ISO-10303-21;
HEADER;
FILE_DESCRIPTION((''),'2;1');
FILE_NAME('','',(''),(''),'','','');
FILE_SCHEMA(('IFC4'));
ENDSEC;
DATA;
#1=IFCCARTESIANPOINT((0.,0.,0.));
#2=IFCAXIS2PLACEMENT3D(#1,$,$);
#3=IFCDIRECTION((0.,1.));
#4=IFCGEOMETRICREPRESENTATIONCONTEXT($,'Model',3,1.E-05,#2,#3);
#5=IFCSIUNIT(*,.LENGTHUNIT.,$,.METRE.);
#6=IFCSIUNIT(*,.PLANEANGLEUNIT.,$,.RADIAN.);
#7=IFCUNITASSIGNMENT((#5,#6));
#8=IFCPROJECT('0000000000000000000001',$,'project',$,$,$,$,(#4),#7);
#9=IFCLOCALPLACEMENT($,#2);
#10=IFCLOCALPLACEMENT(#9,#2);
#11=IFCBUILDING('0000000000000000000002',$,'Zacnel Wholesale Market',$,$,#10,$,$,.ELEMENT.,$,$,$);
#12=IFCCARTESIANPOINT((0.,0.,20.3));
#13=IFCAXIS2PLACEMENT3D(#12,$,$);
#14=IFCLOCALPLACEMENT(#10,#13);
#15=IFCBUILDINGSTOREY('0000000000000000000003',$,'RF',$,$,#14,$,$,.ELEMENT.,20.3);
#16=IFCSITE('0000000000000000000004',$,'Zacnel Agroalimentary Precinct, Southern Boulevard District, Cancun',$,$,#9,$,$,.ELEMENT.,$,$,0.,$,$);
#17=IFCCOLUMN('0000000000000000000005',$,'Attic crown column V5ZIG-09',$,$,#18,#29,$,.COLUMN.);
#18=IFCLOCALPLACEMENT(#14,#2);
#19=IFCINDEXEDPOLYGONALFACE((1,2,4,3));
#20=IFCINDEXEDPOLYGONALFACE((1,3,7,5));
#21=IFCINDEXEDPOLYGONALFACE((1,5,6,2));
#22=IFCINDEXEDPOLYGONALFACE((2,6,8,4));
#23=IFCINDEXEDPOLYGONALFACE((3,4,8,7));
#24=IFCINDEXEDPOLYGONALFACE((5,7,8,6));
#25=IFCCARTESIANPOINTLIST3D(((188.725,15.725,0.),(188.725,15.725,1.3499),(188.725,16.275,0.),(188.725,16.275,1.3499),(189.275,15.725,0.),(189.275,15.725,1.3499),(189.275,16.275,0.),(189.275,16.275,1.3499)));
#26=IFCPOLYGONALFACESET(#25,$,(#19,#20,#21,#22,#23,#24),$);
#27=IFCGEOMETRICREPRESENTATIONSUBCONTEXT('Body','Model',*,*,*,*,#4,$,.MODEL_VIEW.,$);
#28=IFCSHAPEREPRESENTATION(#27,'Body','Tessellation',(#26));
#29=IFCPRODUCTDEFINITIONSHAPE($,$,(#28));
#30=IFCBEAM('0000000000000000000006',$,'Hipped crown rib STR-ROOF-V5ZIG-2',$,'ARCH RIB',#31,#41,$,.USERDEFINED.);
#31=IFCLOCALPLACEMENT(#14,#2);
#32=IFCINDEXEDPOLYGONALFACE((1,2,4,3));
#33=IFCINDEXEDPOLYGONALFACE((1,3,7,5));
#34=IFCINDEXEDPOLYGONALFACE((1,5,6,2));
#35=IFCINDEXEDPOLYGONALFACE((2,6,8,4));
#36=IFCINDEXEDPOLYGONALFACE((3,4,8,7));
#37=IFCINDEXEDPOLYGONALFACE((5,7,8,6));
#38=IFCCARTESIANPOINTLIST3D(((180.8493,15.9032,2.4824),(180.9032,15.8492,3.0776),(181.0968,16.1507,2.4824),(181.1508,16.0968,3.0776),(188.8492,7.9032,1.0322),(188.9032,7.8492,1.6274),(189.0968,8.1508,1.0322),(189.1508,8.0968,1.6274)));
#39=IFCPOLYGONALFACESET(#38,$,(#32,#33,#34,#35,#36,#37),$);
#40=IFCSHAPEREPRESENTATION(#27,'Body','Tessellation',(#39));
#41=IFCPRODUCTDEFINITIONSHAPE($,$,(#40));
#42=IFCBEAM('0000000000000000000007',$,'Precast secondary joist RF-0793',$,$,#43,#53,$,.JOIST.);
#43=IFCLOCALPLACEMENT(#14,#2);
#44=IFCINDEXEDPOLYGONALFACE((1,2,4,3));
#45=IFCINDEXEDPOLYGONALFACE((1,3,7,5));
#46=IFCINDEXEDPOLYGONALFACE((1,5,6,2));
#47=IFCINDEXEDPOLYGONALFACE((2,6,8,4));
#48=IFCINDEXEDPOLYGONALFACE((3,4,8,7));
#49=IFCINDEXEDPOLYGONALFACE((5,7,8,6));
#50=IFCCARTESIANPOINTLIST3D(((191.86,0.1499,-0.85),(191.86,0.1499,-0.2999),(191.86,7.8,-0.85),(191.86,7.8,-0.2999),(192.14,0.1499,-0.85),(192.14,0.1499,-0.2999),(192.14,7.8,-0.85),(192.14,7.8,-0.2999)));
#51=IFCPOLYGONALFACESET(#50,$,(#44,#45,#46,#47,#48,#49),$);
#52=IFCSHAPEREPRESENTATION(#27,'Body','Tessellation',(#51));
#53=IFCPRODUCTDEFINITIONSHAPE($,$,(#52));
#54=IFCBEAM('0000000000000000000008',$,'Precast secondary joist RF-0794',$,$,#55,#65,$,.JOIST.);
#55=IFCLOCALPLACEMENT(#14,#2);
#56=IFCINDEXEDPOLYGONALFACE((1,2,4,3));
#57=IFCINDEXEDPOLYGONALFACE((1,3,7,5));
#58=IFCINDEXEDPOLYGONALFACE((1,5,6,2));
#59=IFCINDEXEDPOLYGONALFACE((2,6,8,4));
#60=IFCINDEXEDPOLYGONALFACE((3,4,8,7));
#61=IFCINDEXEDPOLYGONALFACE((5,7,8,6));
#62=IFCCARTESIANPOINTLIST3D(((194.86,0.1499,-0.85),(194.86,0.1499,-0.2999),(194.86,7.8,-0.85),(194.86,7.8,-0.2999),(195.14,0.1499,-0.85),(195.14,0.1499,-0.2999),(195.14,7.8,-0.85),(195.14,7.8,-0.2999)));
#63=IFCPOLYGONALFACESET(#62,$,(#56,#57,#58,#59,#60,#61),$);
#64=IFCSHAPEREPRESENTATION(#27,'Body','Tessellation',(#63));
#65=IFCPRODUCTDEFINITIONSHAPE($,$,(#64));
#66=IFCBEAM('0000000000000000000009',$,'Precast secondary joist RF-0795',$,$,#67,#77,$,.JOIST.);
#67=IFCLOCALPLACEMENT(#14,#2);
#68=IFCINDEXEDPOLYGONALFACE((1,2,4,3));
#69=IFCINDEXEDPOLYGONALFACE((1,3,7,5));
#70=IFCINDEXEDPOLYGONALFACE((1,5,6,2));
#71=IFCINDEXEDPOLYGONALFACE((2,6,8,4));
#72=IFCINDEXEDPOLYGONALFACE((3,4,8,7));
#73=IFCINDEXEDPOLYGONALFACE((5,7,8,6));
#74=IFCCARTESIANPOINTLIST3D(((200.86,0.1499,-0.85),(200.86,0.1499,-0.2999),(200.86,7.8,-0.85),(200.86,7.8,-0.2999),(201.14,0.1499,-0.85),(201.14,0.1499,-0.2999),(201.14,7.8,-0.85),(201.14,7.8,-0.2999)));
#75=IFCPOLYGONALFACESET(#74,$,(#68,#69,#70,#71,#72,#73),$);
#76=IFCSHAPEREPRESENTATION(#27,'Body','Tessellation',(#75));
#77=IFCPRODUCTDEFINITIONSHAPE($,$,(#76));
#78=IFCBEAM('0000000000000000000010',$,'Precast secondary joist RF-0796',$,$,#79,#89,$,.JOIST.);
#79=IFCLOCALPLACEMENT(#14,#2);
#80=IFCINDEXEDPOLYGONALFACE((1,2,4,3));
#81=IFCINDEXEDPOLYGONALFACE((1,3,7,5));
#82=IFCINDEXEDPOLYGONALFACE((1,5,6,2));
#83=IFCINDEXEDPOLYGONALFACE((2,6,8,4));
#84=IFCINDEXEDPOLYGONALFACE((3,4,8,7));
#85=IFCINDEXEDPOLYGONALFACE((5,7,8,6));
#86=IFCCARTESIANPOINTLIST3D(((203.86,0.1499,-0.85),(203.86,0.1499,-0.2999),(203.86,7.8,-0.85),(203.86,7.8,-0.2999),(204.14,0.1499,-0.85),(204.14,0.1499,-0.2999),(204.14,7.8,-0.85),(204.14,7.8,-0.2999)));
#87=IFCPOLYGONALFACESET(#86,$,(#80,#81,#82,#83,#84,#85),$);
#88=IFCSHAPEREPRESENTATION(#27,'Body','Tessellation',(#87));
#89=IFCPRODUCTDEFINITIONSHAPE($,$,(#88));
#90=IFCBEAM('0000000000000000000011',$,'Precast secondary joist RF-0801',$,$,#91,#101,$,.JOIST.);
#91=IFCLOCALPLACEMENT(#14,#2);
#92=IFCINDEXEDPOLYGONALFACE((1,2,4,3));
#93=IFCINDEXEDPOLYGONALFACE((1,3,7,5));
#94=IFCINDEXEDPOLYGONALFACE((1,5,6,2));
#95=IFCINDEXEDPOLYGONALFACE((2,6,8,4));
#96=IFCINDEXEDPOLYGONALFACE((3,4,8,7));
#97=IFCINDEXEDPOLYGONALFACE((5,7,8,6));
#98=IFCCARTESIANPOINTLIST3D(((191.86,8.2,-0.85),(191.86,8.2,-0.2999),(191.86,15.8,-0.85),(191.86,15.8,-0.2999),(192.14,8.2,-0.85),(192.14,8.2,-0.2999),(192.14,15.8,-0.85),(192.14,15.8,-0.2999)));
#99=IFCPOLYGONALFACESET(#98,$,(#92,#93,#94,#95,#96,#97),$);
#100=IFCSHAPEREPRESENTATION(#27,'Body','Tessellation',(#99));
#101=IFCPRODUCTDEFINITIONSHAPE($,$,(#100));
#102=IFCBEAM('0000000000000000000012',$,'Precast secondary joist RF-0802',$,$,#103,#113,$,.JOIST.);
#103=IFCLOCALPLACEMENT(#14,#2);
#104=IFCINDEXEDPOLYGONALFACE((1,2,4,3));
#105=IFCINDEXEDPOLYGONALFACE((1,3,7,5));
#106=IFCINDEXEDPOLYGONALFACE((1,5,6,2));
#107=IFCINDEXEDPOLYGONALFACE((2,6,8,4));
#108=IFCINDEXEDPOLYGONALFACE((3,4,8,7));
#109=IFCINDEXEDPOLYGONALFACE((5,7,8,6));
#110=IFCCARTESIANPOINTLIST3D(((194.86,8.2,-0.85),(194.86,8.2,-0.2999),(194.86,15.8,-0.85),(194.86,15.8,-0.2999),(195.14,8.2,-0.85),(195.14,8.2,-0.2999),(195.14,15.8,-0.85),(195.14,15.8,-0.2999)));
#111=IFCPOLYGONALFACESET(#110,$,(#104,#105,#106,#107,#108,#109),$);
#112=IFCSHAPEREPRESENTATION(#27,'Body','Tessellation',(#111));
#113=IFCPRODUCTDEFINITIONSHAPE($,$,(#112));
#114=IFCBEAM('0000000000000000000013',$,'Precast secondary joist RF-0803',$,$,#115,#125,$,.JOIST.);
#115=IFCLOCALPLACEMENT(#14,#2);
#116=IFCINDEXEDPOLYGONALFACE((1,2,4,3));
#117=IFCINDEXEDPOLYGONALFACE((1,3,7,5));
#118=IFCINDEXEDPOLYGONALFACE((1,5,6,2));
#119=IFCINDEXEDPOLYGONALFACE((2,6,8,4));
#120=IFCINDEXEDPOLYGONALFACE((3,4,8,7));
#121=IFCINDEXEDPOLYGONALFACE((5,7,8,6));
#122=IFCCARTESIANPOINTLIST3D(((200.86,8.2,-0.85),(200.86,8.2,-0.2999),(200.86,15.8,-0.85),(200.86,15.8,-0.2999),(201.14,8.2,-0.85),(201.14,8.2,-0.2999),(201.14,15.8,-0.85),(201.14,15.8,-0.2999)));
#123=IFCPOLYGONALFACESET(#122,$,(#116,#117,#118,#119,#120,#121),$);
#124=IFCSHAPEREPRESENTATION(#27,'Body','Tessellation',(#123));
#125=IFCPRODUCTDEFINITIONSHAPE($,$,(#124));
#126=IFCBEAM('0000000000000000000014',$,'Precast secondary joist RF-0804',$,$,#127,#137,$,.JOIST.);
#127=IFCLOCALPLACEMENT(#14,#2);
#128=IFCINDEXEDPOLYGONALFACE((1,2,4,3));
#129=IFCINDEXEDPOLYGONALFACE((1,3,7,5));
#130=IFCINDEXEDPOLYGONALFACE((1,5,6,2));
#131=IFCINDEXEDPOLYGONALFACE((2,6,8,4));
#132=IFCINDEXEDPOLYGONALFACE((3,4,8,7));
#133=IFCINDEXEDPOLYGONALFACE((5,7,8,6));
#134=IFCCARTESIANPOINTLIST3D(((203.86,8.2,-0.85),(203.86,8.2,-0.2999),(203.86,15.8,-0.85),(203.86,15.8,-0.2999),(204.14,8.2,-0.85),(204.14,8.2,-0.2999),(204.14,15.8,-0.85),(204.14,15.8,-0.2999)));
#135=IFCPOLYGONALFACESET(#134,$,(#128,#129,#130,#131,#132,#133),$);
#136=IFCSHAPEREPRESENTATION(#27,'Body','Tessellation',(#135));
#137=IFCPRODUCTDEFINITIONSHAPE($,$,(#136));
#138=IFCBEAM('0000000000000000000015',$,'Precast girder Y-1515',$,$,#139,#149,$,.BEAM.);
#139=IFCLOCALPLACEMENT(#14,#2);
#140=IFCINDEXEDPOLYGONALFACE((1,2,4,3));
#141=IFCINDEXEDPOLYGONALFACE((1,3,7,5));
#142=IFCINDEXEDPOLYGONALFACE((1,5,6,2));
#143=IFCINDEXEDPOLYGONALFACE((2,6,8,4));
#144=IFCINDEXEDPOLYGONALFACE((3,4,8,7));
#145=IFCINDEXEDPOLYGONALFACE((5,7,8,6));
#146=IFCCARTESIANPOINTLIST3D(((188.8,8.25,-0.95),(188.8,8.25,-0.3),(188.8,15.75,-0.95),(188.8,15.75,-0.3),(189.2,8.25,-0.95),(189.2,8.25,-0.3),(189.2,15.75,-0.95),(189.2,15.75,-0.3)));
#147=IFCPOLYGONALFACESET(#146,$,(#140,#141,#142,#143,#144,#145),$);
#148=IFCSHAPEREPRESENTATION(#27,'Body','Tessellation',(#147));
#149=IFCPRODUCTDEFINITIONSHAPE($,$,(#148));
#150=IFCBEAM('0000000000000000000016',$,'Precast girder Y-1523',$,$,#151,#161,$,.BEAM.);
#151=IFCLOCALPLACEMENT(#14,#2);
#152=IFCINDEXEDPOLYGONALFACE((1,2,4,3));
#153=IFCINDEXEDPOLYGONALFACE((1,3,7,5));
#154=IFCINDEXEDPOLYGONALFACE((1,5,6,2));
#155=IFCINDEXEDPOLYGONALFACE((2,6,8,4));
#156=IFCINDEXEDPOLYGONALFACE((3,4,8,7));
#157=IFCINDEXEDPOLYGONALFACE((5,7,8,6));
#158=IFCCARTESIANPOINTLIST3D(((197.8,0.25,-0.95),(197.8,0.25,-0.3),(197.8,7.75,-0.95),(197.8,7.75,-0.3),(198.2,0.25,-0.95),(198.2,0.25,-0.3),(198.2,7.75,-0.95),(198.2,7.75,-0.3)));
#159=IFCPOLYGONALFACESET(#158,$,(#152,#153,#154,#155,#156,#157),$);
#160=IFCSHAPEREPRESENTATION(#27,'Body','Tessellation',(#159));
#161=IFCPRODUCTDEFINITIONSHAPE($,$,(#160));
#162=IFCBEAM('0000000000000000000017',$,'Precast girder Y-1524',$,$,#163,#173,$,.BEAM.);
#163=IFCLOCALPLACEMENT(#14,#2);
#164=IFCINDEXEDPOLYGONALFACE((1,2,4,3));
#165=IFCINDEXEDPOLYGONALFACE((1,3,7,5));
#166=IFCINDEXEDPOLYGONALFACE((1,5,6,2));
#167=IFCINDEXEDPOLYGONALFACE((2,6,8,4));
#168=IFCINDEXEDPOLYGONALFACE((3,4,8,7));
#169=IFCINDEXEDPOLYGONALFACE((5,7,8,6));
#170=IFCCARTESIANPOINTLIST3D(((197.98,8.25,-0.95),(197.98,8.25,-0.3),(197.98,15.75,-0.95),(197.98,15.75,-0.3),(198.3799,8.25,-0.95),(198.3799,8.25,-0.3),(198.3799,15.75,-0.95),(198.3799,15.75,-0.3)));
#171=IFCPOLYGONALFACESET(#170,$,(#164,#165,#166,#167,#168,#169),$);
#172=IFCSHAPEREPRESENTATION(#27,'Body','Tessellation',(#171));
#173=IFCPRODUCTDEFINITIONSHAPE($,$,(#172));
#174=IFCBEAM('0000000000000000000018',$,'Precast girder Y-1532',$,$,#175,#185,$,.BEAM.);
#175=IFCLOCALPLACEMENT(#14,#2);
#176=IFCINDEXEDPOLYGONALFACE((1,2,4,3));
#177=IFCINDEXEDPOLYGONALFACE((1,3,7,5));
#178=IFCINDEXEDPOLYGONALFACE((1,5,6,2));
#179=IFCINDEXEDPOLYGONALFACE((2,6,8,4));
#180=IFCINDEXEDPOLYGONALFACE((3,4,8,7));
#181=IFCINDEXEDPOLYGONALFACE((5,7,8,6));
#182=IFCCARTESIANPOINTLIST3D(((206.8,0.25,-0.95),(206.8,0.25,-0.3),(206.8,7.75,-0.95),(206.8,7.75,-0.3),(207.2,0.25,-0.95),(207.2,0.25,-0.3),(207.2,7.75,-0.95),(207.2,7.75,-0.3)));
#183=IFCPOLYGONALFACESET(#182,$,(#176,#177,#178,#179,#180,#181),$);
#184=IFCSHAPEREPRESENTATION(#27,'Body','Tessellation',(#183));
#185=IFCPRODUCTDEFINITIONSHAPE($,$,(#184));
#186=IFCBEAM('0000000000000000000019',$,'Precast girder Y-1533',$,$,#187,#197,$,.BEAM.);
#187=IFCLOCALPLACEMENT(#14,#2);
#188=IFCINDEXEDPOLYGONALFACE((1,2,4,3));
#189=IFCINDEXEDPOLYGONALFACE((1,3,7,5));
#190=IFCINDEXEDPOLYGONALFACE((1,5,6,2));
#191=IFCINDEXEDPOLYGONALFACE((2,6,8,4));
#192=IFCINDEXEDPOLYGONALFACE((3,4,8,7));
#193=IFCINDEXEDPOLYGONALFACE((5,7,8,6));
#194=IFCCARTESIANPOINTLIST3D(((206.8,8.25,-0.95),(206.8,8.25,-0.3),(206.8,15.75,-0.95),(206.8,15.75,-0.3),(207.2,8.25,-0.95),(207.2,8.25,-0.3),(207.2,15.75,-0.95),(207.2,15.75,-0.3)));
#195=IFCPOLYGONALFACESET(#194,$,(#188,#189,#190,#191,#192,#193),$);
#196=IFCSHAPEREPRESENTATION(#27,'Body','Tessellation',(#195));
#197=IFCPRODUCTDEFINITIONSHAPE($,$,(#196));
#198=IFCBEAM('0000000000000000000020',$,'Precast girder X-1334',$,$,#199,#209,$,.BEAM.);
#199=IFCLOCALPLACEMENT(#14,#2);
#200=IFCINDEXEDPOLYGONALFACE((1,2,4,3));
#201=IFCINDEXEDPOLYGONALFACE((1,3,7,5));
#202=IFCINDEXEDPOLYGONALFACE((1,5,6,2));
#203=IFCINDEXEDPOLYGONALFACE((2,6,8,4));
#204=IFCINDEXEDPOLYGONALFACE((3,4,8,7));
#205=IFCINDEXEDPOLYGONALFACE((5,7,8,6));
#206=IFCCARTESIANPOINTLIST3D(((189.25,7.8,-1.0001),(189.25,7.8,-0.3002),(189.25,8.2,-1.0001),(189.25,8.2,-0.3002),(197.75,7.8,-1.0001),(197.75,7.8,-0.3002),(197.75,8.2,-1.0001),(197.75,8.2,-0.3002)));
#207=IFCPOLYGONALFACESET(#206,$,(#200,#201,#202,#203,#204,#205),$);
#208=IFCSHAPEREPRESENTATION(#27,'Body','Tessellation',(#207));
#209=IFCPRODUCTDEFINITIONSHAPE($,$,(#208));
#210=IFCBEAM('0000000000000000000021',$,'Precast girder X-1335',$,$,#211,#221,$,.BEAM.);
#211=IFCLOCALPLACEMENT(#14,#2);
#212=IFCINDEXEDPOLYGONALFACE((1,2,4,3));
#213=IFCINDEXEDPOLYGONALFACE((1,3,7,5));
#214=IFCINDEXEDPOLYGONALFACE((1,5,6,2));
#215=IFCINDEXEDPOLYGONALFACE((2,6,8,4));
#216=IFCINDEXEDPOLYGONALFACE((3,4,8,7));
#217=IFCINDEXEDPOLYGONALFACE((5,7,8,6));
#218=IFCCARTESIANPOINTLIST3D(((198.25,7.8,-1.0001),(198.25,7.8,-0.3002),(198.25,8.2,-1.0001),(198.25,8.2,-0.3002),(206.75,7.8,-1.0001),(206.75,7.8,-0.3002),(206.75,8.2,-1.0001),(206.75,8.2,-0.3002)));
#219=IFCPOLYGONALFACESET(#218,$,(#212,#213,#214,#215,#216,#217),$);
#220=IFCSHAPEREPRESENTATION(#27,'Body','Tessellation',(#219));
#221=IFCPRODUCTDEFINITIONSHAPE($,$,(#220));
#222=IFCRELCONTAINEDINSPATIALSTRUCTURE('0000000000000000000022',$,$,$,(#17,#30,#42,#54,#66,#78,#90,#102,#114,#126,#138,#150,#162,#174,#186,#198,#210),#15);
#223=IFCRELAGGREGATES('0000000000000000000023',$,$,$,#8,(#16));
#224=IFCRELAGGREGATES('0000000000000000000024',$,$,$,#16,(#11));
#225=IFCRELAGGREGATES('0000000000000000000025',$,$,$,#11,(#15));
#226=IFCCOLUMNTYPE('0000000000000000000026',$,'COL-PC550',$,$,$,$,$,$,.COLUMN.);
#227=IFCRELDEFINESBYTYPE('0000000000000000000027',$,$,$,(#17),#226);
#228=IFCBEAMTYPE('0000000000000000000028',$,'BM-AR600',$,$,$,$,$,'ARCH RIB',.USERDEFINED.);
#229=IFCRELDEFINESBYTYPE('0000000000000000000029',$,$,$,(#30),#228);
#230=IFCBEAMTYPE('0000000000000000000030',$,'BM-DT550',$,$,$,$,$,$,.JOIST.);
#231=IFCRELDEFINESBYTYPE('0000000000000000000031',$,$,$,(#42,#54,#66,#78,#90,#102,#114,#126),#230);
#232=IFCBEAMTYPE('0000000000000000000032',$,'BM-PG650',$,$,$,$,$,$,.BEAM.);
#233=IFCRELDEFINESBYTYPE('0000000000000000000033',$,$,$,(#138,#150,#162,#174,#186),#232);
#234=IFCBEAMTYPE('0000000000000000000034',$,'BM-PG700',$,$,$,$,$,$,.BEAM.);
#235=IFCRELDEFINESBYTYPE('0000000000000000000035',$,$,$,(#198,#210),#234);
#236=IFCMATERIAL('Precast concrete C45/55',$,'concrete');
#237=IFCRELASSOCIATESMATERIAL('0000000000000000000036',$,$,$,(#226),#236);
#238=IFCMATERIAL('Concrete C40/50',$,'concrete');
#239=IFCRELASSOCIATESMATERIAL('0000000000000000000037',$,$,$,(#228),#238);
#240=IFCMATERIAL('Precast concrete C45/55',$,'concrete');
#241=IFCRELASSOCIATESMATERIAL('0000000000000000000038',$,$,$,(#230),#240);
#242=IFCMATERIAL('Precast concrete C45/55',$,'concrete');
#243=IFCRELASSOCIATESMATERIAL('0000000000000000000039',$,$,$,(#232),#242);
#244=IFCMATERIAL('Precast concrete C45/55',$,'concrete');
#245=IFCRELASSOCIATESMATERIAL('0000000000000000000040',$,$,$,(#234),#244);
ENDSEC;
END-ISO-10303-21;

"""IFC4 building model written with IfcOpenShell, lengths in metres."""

from ifc_helpers import new_model, si_unit, direction, frame, origin, origin_2d, place, context, subcontext, project, spatial, rectangle, extrude, material, material_profile, profile_set, type_object, element, save


model = new_model("IFC4")

# Units and contexts
model_context = context("Model", 3, precision=1e-05, world=origin(), true_north=direction((0.0, 1.0)))
body_context = subcontext(model_context, "Body", "Model", "MODEL_VIEW")
ifc_project = project(units=[si_unit("LENGTHUNIT", "METRE"), si_unit("PLANEANGLEUNIT", "RADIAN")], contexts=[model_context])

# Site, building, storey
site_placement = place(None, origin())
site = spatial("IfcSite", under=ifc_project, at=site_placement, Name="Zacnel Agroalimentary Precinct, Southern Boulevard District, Cancun", CompositionType="ELEMENT", RefElevation=0.0)
building_placement = place(site_placement, origin())
building = spatial("IfcBuilding", under=site, at=building_placement, Name="Zacnel Wholesale Market", CompositionType="ELEMENT")
storey_placement = place(building_placement, frame((0.0, 0.0, 20.3)))
storey = spatial("IfcBuildingStorey", under=building, at=storey_placement, Name="RF", CompositionType="ELEMENT", Elevation=20.3)

# Column
ifc_material_1 = material(Name="Precast concrete C45/55", Category="concrete")
ifc_material_profile_1 = material_profile(ifc_material_1, rectangle(XDim=0.55, YDim=0.55, at=origin_2d()), Name="PC 550x550")
ifc_profile_set_1 = profile_set([ifc_material_profile_1], Name="Precast concrete C45/55")
column_type = type_object("IfcColumnType", Name="COL-PC550", PredefinedType="COLUMN", material=ifc_profile_set_1)
column_placement = place(storey_placement, frame((189.0, 16.0, 0.0), z_axis=(0.0, 0.0, 1.0), x_axis=(1.0, 0.0, 0.0)))
element("IfcColumn", 1, at=column_placement, inside=storey, type_object=column_type, Name="Attic crown column V5ZIG-09", PredefinedType="COLUMN", context=body_context, shape_type="SweptSolid", body=[
    extrude(rectangle(XDim=0.55, YDim=0.55, at=origin_2d()), origin(), (0.0, 0.0, 1.0), 1.3499),
])

# Beams
ifc_material_2 = material(Name="Concrete C40/50", Category="concrete")
ifc_material_profile_2 = material_profile(ifc_material_2, rectangle(XDim=0.3501, YDim=0.6001, at=origin_2d()), Name="ARCH RIB 350x600")
ifc_profile_set_2 = profile_set([ifc_material_profile_2], Name="Concrete C40/50")
beam_type_1 = type_object("IfcBeamType", Name="BM-AR600", ElementType="ARCH RIB", PredefinedType="USERDEFINED", material=ifc_profile_set_2)
beam_1_placement = place(storey_placement, frame((189.0, 8.0, 1.3298), z_axis=(-0.701368, 0.701368, 0.12714), x_axis=(-0.707107, -0.707107, 0.0)))
element("IfcBeam", 2, at=beam_1_placement, inside=storey, type_object=beam_type_1, Name="Hipped crown rib STR-ROOF-V5ZIG-2", ObjectType="ARCH RIB", PredefinedType="USERDEFINED", context=body_context, shape_type="SweptSolid", body=[
    extrude(rectangle(XDim=0.3501, YDim=0.6001, at=origin_2d()), origin(), (0.0, 0.0, 1.0), 11.4062),
])
ifc_material_3 = material(Name="Precast concrete C45/55", Category="concrete")
ifc_material_profile_3 = material_profile(ifc_material_3, rectangle(XDim=0.28, YDim=0.55, at=origin_2d()), Name="DT RIB 280x550")
ifc_profile_set_3 = profile_set([ifc_material_profile_3], Name="Precast concrete C45/55")
beam_type_2 = type_object("IfcBeamType", Name="BM-DT550", PredefinedType="JOIST", material=ifc_profile_set_3)
for number, where, z_axis, x_axis, name in (
    (3, (192.0, 0.1499, -0.575), (0.0, 1.0, 0.0), (-1.0, 0.0, 0.0), "Precast secondary joist RF-0793"),
    (4, (195.0, 0.1499, -0.575), (0.0, 1.0, 0.0), (-1.0, 0.0, 0.0), "Precast secondary joist RF-0794"),
    (5, (201.0, 0.1499, -0.575), (0.0, 1.0, 0.0), (-1.0, 0.0, 0.0), "Precast secondary joist RF-0795"),
    (6, (204.0, 0.1499, -0.575), (0.0, 1.0, 0.0), (-1.0, 0.0, 0.0), "Precast secondary joist RF-0796"),
):
    element("IfcBeam", number, at=place(storey_placement, frame(where, z_axis=z_axis, x_axis=x_axis)), inside=storey, type_object=beam_type_2, Name=name, PredefinedType="JOIST", context=body_context, shape_type="SweptSolid", body=[
        extrude(rectangle(XDim=0.28, YDim=0.55, at=origin_2d()), origin(), (0.0, 0.0, 1.0), 7.6501),
    ])
for number, where, z_axis, x_axis, name in (
    (7, (192.0, 8.2, -0.575), (0.0, 1.0, 0.0), (-1.0, 0.0, 0.0), "Precast secondary joist RF-0801"),
    (8, (195.0, 8.2, -0.575), (0.0, 1.0, 0.0), (-1.0, 0.0, 0.0), "Precast secondary joist RF-0802"),
    (9, (201.0, 8.2, -0.575), (0.0, 1.0, 0.0), (-1.0, 0.0, 0.0), "Precast secondary joist RF-0803"),
    (10, (204.0, 8.2, -0.575), (0.0, 1.0, 0.0), (-1.0, 0.0, 0.0), "Precast secondary joist RF-0804"),
):
    element("IfcBeam", number, at=place(storey_placement, frame(where, z_axis=z_axis, x_axis=x_axis)), inside=storey, type_object=beam_type_2, Name=name, PredefinedType="JOIST", context=body_context, shape_type="SweptSolid", body=[
        extrude(rectangle(XDim=0.28, YDim=0.55, at=origin_2d()), origin(), (0.0, 0.0, 1.0), 7.6001),
    ])
ifc_material_4 = material(Name="Precast concrete C45/55", Category="concrete")
ifc_material_profile_4 = material_profile(ifc_material_4, rectangle(XDim=0.3999, YDim=0.6499, at=origin_2d()), Name="PG 400x650")
ifc_profile_set_4 = profile_set([ifc_material_profile_4], Name="Precast concrete C45/55")
beam_type_3 = type_object("IfcBeamType", Name="BM-PG650", PredefinedType="BEAM", material=ifc_profile_set_4)
for number, where, z_axis, x_axis, name in (
    (11, (189.0, 8.25, -0.625), (0.0, 1.0, 0.0), (-1.0, 0.0, 0.0), "Precast girder Y-1515"),
    (12, (198.0, 0.25, -0.625), (0.0, 1.0, 0.0), (-1.0, 0.0, 0.0), "Precast girder Y-1523"),
    (13, (198.1799, 8.25, -0.625), (0.0, 1.0, 0.0), (-1.0, 0.0, 0.0), "Precast girder Y-1524"),
    (14, (207.0, 0.25, -0.625), (0.0, 1.0, 0.0), (-1.0, 0.0, 0.0), "Precast girder Y-1532"),
    (15, (207.0, 8.25, -0.625), (0.0, 1.0, 0.0), (-1.0, 0.0, 0.0), "Precast girder Y-1533"),
):
    element("IfcBeam", number, at=place(storey_placement, frame(where, z_axis=z_axis, x_axis=x_axis)), inside=storey, type_object=beam_type_3, Name=name, PredefinedType="BEAM", context=body_context, shape_type="SweptSolid", body=[
        extrude(rectangle(XDim=0.3999, YDim=0.6499, at=origin_2d()), origin(), (0.0, 0.0, 1.0), 7.5),
    ])
ifc_material_5 = material(Name="Precast concrete C45/55", Category="concrete")
ifc_material_profile_5 = material_profile(ifc_material_5, rectangle(XDim=0.3999, YDim=0.7, at=origin_2d()), Name="PG 400x700")
ifc_profile_set_5 = profile_set([ifc_material_profile_5], Name="Precast concrete C45/55")
beam_type_4 = type_object("IfcBeamType", Name="BM-PG700", PredefinedType="BEAM", material=ifc_profile_set_5)
for number, where, z_axis, x_axis, name in (
    (16, (189.25, 8.0, -0.6501), (1.0, 0.0, 0.0), (0.0, 1.0, 0.0), "Precast girder X-1334"),
    (17, (198.25, 8.0, -0.6501), (1.0, 0.0, 0.0), (0.0, 1.0, 0.0), "Precast girder X-1335"),
):
    element("IfcBeam", number, at=place(storey_placement, frame(where, z_axis=z_axis, x_axis=x_axis)), inside=storey, type_object=beam_type_4, Name=name, PredefinedType="BEAM", context=body_context, shape_type="SweptSolid", body=[
        extrude(rectangle(XDim=0.3999, YDim=0.7, at=origin_2d()), origin(), (0.0, 0.0, 1.0), 8.5),
    ])

save(model, "model.ifc")
